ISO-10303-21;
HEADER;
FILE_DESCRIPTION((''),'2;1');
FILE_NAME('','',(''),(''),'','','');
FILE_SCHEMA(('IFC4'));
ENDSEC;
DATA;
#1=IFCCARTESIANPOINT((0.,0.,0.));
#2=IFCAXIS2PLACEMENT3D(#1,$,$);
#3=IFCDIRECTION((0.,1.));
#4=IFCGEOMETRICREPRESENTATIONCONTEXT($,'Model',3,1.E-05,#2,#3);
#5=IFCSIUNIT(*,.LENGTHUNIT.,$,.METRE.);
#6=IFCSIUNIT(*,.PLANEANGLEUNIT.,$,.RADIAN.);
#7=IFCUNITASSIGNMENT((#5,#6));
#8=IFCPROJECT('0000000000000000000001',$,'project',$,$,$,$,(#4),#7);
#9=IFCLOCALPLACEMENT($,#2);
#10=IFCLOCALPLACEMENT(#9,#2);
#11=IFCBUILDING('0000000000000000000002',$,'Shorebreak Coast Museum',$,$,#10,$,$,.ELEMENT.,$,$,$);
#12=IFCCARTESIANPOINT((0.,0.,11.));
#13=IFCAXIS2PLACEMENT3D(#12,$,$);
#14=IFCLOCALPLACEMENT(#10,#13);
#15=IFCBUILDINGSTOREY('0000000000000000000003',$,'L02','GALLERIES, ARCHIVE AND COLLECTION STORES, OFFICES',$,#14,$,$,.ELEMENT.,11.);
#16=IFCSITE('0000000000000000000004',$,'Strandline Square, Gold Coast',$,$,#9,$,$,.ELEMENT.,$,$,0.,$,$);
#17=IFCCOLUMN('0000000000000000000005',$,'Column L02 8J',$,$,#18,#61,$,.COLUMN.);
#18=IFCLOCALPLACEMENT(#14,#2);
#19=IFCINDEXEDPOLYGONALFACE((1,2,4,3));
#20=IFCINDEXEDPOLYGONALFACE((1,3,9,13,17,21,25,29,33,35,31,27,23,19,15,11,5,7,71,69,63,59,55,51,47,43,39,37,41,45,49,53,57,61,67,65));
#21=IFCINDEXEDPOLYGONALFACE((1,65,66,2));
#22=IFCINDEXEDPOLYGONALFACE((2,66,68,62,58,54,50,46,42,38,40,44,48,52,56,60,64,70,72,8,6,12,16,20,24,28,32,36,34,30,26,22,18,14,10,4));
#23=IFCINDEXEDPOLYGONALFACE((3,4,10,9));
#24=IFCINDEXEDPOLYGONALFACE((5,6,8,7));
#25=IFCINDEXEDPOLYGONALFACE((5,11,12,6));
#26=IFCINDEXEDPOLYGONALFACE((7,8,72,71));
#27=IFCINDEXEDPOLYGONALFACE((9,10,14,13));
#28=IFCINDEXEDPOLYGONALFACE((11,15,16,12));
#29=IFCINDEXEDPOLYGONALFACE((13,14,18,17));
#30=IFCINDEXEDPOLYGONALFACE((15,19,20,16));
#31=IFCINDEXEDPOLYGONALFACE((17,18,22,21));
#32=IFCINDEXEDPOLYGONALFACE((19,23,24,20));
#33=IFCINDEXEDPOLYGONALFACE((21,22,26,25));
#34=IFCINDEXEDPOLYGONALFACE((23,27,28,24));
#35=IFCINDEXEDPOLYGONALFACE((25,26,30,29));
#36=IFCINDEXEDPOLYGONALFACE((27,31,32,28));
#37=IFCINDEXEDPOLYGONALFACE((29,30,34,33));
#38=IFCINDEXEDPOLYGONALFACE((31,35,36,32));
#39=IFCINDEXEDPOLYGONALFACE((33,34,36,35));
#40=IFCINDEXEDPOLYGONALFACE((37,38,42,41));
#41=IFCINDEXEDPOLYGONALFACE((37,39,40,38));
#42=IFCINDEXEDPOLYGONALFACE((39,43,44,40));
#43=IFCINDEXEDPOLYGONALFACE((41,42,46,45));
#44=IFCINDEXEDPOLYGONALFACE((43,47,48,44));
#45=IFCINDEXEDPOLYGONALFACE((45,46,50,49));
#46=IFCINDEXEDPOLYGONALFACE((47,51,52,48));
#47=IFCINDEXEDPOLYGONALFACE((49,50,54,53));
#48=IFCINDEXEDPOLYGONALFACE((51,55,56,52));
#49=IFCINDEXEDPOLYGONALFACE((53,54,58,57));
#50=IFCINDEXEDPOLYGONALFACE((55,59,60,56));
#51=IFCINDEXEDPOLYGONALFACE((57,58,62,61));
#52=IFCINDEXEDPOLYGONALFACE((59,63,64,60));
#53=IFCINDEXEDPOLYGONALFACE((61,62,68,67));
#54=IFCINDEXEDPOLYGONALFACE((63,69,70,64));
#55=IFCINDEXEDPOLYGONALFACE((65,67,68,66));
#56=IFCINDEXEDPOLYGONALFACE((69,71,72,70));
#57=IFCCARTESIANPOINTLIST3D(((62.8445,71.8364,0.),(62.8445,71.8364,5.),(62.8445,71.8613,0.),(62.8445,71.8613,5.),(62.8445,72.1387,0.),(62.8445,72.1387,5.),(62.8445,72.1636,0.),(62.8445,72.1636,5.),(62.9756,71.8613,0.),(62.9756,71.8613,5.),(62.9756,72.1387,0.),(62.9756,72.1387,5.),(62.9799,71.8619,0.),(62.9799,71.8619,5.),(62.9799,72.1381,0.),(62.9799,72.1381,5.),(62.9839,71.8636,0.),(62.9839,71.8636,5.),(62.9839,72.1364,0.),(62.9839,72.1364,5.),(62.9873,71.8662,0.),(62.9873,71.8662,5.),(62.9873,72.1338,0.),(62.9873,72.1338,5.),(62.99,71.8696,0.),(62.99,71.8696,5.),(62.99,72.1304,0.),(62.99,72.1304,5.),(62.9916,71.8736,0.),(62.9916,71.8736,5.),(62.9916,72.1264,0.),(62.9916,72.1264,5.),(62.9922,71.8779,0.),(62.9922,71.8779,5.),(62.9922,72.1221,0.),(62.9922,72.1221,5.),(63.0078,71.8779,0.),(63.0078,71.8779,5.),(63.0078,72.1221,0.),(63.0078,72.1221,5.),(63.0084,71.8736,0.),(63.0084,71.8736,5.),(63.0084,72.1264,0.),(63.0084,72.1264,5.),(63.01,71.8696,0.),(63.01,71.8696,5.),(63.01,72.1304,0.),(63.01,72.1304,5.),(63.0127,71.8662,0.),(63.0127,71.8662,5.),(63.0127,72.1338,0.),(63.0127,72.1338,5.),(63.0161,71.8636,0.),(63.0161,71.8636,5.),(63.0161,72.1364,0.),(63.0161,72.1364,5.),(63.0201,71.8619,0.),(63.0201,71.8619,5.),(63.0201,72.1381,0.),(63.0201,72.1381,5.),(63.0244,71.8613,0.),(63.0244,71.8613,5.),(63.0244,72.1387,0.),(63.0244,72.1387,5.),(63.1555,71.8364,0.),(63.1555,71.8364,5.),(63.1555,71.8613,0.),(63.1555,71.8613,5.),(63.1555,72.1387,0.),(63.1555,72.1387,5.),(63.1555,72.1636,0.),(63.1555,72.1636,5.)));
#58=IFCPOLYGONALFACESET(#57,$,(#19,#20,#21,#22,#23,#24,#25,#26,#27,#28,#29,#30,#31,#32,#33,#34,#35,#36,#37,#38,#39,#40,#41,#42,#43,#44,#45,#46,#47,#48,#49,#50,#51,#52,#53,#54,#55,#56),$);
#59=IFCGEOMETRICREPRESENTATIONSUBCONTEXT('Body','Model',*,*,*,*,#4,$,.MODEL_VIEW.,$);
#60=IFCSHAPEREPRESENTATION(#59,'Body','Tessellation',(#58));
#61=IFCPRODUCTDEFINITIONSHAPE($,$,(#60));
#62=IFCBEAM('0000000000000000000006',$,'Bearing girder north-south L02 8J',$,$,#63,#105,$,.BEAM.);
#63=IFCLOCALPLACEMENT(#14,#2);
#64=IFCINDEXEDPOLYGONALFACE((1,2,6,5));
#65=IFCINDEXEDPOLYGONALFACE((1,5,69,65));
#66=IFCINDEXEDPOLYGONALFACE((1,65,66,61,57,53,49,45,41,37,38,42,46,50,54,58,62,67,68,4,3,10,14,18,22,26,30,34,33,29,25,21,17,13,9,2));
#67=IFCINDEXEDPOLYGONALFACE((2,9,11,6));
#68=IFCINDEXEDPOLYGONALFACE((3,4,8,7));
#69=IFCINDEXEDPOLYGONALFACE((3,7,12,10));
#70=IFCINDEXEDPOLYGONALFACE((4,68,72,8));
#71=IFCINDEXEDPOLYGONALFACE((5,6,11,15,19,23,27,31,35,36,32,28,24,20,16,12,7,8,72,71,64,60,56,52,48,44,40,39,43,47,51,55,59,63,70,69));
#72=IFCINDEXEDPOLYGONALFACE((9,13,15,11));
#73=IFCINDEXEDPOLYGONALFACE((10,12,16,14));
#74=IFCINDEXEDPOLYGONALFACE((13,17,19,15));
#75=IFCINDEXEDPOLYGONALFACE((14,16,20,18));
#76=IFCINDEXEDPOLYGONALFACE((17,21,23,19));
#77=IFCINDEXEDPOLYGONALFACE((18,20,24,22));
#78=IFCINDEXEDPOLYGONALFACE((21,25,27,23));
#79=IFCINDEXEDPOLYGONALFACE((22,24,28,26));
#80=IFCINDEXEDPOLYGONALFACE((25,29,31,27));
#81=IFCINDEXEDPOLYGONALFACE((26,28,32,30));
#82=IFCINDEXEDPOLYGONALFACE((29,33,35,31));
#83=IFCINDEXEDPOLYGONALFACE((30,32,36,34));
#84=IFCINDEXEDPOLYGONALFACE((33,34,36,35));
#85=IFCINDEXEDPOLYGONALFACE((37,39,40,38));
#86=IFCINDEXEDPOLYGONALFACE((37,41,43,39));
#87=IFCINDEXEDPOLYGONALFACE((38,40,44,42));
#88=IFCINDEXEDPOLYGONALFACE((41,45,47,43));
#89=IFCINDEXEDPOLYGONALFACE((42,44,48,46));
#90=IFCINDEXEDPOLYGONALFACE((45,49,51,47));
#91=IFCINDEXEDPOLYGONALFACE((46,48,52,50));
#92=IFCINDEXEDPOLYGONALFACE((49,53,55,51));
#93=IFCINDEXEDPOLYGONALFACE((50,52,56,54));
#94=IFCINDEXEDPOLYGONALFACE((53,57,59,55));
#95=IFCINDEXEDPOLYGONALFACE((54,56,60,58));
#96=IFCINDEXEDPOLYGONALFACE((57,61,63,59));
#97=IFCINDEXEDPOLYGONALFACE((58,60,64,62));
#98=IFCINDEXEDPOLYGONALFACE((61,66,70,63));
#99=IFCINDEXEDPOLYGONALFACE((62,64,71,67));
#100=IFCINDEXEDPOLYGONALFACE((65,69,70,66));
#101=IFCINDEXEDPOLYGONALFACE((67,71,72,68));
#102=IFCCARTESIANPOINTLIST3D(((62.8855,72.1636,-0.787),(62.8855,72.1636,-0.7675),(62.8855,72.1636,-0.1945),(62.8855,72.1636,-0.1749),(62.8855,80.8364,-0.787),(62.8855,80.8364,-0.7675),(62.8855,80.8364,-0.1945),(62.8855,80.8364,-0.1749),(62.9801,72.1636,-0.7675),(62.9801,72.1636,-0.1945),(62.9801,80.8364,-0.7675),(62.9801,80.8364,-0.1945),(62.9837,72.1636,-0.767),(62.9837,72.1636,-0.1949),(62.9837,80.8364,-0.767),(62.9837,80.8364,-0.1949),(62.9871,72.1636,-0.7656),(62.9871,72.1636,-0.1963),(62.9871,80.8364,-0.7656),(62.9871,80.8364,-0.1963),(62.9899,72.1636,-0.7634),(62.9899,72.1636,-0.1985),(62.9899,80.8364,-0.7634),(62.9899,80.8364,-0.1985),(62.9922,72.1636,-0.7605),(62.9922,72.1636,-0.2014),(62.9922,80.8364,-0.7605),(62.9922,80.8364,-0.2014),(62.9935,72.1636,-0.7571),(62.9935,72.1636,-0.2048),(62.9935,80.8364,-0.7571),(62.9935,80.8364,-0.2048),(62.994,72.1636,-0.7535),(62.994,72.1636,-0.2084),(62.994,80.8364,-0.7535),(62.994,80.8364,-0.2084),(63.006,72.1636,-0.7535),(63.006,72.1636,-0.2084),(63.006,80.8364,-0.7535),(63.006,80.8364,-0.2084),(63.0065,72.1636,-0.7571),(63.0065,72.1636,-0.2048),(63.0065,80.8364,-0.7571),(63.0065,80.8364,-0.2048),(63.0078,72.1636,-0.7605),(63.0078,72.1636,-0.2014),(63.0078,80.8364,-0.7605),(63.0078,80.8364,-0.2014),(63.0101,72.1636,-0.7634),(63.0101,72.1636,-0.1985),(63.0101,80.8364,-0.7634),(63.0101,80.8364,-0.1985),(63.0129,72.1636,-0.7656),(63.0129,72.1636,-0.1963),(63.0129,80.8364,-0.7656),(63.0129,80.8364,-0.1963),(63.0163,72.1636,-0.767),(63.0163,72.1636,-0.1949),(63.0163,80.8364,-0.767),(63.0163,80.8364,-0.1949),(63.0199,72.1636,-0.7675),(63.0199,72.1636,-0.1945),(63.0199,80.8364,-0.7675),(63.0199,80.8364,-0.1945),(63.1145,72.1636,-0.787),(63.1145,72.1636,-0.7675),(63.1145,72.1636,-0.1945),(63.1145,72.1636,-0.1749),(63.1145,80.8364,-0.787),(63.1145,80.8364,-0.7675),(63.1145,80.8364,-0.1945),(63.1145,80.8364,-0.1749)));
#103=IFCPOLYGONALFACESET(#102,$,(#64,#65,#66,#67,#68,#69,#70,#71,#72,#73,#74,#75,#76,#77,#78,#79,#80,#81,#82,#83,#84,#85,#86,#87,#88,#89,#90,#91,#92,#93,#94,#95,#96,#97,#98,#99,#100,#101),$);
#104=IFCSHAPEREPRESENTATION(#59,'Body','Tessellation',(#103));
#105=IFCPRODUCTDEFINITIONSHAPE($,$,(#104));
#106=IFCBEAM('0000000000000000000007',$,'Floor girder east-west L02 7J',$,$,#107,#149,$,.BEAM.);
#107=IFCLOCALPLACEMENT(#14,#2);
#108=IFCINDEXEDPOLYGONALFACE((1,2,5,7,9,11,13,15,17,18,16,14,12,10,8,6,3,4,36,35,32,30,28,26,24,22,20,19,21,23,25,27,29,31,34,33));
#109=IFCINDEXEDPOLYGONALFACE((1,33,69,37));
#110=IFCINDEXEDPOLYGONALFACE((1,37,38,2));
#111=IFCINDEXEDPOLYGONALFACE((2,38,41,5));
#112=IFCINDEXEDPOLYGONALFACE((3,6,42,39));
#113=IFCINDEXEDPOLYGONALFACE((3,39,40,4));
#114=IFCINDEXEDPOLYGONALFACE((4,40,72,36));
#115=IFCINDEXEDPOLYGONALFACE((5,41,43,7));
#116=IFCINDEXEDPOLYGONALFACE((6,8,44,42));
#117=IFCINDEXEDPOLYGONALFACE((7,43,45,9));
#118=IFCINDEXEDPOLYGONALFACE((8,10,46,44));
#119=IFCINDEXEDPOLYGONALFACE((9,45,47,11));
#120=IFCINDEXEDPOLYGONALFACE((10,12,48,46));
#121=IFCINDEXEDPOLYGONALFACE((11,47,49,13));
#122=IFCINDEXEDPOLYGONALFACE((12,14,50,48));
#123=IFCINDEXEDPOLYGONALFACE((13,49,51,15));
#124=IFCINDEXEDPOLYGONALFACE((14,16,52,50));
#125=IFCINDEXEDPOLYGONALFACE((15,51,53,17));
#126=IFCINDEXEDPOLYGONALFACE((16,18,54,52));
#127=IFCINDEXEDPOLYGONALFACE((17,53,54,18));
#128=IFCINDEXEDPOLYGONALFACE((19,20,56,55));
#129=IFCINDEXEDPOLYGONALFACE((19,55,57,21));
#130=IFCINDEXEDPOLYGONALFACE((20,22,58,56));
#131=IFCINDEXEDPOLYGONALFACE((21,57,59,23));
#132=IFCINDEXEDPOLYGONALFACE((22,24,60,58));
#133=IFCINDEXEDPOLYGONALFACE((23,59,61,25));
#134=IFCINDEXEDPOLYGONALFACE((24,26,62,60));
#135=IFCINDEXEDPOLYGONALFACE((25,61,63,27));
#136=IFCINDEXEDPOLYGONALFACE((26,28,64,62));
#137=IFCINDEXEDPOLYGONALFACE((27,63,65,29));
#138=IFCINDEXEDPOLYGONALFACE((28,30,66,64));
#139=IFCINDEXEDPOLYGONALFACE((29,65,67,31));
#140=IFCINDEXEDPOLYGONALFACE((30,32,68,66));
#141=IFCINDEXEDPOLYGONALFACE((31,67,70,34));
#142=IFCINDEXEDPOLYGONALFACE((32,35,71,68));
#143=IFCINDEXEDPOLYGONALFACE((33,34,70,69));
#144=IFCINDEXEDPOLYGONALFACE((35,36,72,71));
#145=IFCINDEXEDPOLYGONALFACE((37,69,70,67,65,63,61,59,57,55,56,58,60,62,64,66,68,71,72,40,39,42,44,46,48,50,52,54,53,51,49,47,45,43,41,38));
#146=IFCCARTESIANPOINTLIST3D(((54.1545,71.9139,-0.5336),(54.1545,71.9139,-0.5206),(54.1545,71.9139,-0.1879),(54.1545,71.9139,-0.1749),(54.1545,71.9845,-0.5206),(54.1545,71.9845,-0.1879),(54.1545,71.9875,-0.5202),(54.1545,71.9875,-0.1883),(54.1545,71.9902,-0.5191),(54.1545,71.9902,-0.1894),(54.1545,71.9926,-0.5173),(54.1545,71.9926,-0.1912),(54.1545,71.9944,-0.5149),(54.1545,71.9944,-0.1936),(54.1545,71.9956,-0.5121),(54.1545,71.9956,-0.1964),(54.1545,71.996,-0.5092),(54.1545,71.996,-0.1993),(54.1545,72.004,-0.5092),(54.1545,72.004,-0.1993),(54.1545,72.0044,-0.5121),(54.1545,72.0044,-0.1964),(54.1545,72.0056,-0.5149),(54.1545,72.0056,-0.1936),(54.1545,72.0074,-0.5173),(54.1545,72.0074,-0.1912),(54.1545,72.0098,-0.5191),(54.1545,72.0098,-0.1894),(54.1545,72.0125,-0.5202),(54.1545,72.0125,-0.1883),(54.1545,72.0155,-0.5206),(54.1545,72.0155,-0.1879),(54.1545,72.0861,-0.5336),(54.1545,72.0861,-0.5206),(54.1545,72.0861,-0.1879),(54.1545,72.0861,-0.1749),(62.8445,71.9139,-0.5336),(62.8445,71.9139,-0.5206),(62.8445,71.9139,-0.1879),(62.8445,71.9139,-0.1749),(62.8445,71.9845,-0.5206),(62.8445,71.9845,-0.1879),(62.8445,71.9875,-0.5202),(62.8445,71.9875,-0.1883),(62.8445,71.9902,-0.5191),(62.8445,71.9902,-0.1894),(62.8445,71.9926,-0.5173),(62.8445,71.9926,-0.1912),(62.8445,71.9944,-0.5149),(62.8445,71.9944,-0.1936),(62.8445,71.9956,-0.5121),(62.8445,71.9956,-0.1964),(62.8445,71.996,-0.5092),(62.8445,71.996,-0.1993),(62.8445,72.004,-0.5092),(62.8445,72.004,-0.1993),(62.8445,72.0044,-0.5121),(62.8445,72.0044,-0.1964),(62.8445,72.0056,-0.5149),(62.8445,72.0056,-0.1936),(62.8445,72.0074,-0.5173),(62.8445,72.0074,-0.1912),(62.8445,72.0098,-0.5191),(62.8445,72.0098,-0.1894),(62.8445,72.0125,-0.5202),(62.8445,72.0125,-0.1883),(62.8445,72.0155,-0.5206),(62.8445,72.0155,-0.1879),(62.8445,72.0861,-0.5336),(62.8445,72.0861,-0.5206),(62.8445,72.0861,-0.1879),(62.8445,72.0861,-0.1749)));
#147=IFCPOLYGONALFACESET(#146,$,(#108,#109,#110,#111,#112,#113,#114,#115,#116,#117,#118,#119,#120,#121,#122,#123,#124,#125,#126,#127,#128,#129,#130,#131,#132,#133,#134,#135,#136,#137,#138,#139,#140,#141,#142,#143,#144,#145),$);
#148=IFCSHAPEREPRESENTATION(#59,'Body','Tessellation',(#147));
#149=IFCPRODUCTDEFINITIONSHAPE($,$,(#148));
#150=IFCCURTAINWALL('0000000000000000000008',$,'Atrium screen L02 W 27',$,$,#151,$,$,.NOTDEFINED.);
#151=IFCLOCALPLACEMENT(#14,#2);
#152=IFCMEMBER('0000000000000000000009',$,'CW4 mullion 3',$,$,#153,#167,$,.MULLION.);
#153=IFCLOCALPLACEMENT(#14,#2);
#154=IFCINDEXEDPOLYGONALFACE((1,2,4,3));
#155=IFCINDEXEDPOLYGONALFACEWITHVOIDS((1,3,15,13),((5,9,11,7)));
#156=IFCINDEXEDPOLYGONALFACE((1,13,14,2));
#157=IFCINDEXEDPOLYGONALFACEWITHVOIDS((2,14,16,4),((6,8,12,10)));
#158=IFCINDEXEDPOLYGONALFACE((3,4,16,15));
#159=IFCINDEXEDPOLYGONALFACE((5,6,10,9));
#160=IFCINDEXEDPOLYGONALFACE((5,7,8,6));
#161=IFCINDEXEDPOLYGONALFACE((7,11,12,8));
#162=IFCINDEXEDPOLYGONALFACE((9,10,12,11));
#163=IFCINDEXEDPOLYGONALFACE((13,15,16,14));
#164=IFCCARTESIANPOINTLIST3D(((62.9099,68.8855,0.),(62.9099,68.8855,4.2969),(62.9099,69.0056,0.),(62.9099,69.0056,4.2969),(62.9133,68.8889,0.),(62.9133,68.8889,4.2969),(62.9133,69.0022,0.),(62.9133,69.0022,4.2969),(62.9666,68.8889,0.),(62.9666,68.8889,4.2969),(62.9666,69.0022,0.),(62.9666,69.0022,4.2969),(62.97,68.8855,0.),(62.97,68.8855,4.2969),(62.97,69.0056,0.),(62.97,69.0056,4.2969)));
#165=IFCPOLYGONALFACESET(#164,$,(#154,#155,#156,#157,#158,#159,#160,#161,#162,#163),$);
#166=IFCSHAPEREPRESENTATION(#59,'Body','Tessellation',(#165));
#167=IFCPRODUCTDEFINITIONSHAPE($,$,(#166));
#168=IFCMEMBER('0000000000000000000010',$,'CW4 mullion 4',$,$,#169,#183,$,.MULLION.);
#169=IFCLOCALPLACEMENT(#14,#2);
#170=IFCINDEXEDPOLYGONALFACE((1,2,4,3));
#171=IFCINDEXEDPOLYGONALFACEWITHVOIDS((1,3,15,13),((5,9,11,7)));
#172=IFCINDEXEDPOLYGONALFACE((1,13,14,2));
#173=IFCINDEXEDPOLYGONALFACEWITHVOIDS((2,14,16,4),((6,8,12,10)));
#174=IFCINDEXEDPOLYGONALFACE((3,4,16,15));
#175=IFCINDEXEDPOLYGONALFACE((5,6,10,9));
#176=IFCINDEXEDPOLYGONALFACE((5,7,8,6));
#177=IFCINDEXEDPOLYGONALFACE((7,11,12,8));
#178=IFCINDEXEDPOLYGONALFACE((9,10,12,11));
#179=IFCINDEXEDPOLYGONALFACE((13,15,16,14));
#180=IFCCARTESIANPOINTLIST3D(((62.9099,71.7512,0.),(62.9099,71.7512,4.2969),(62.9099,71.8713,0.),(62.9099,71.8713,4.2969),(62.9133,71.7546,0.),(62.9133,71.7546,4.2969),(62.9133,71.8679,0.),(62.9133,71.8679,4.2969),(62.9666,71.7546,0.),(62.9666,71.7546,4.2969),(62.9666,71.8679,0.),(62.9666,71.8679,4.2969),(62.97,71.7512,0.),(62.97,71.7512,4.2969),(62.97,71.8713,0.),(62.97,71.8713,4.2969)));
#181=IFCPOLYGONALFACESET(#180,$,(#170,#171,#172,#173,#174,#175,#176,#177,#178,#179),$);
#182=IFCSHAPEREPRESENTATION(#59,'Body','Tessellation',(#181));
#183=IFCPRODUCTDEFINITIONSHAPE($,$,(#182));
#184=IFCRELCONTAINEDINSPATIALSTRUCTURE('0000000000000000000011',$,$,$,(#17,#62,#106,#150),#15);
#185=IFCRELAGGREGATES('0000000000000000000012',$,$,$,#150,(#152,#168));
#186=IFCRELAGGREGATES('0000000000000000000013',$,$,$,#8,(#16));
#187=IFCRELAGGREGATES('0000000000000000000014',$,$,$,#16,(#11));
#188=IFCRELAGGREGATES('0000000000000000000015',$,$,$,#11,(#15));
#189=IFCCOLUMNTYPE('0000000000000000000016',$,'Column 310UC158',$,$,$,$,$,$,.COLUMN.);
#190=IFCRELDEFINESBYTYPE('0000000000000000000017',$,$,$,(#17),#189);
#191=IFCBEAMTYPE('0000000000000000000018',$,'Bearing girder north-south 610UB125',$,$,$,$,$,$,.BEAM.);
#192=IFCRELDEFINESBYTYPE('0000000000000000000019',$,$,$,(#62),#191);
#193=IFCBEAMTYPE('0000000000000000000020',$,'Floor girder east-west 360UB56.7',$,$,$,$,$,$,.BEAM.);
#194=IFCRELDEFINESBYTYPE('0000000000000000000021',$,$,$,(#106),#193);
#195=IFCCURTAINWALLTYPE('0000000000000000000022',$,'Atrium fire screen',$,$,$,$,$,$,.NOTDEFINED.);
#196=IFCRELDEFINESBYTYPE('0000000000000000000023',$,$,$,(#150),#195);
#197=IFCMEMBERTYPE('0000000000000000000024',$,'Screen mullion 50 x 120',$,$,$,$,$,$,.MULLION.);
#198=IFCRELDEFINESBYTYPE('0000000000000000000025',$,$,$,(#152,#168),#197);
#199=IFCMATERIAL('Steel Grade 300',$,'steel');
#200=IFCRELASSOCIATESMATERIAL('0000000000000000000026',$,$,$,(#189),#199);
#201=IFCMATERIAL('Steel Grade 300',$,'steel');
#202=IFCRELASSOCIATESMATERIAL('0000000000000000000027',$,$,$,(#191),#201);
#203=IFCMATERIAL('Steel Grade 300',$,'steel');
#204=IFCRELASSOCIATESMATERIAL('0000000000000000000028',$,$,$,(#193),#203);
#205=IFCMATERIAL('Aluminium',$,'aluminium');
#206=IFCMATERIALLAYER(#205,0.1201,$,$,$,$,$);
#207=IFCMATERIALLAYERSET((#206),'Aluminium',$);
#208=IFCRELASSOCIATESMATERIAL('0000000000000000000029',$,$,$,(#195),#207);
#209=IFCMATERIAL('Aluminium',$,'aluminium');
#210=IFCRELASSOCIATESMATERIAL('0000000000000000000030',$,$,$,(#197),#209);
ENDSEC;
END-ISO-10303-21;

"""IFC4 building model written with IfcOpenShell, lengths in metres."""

from ifc_helpers import new_model, si_unit, direction, frame, origin, origin_2d, place, context, subcontext, project, spatial, hollow_rectangle, i_section, extrude, material, layer, layer_set, material_profile, profile_set, type_object, element, aggregate, save


model = new_model("IFC4")

# Units and contexts
model_context = context("Model", 3, precision=1e-05, world=origin(), true_north=direction((0.0, 1.0)))
body_context = subcontext(model_context, "Body", "Model", "MODEL_VIEW")
ifc_project = project(units=[si_unit("LENGTHUNIT", "METRE"), si_unit("PLANEANGLEUNIT", "RADIAN")], contexts=[model_context])

# Site, building, storey
site_placement = place(None, origin())
site = spatial("IfcSite", under=ifc_project, at=site_placement, Name="Strandline Square, Gold Coast", CompositionType="ELEMENT", RefElevation=0.0)
building_placement = place(site_placement, origin())
building = spatial("IfcBuilding", under=site, at=building_placement, Name="Shorebreak Coast Museum", CompositionType="ELEMENT")
storey_placement = place(building_placement, frame((0.0, 0.0, 11.0)))
storey = spatial("IfcBuildingStorey", under=building, at=storey_placement, Name="L02", Description="GALLERIES, ARCHIVE AND COLLECTION STORES, OFFICES", CompositionType="ELEMENT", Elevation=11.0)

# Column
ifc_material_1 = material(Name="Steel Grade 300", Category="steel")
ifc_material_profile_1 = material_profile(ifc_material_1, i_section(OverallWidth=0.311, OverallDepth=0.3271, WebThickness=0.0156, FlangeThickness=0.0249, FilletRadius=0.0166, at=origin_2d()), Name="310UC158")
ifc_profile_set_1 = profile_set([ifc_material_profile_1], Name="Steel Grade 300")
column_type = type_object("IfcColumnType", Name="Column 310UC158", PredefinedType="COLUMN", material=ifc_profile_set_1)
column_placement = place(storey_placement, frame((63.0, 72.0, 0.0), z_axis=(0.0, 0.0, 1.0), x_axis=(1.0, 0.0, 0.0)))
element("IfcColumn", 1, at=column_placement, inside=storey, type_object=column_type, Name="Column L02 8J", PredefinedType="COLUMN", context=body_context, shape_type="SweptSolid", body=[
    extrude(i_section(OverallWidth=0.311, OverallDepth=0.3271, WebThickness=0.0156, FlangeThickness=0.0249, FilletRadius=0.0166, at=origin_2d()), origin(), (0.0, 0.0, 1.0), 5.0),
])

# Beams
ifc_material_2 = material(Name="Steel Grade 300", Category="steel")
ifc_material_profile_2 = material_profile(ifc_material_2, i_section(OverallWidth=0.229, OverallDepth=0.6121, WebThickness=0.012, FlangeThickness=0.0195, FilletRadius=0.0139, at=origin_2d()), Name="610UB125")
ifc_profile_set_2 = profile_set([ifc_material_profile_2], Name="Steel Grade 300")
beam_type_1 = type_object("IfcBeamType", Name="Bearing girder north-south 610UB125", PredefinedType="BEAM", material=ifc_profile_set_2)
beam_1_placement = place(storey_placement, frame((63.0, 72.1636, -0.481), z_axis=(0.0, 1.0, 0.0), x_axis=(-1.0, 0.0, 0.0)))
element("IfcBeam", 2, at=beam_1_placement, inside=storey, type_object=beam_type_1, Name="Bearing girder north-south L02 8J", PredefinedType="BEAM", context=body_context, shape_type="SweptSolid", body=[
    extrude(i_section(OverallWidth=0.229, OverallDepth=0.6121, WebThickness=0.012, FlangeThickness=0.0195, FilletRadius=0.0139, at=origin_2d()), origin(), (0.0, 0.0, 1.0), 8.6729),
])
ifc_material_3 = material(Name="Steel Grade 300", Category="steel")
ifc_material_profile_3 = material_profile(ifc_material_3, i_section(OverallWidth=0.1721, OverallDepth=0.3586, WebThickness=0.0081, FlangeThickness=0.0129, FilletRadius=0.0115, at=origin_2d()), Name="360UB56.7")
ifc_profile_set_3 = profile_set([ifc_material_profile_3], Name="Steel Grade 300")
beam_type_2 = type_object("IfcBeamType", Name="Floor girder east-west 360UB56.7", PredefinedType="BEAM", material=ifc_profile_set_3)
beam_2_placement = place(storey_placement, frame((54.1545, 72.0, -0.3542), z_axis=(1.0, 0.0, 0.0), x_axis=(0.0, 1.0, 0.0)))
element("IfcBeam", 3, at=beam_2_placement, inside=storey, type_object=beam_type_2, Name="Floor girder east-west L02 7J", PredefinedType="BEAM", context=body_context, shape_type="SweptSolid", body=[
    extrude(i_section(OverallWidth=0.1721, OverallDepth=0.3586, WebThickness=0.0081, FlangeThickness=0.0129, FilletRadius=0.0115, at=origin_2d()), origin(), (0.0, 0.0, 1.0), 8.6899),
])

# Curtain wall, members
ifc_material_4 = material(Name="Aluminium", Category="aluminium")
ifc_layer_1 = layer(ifc_material_4, 0.1201)
ifc_layer_set_1 = layer_set([ifc_layer_1], Name="Aluminium")
curtain_wall_type = type_object("IfcCurtainWallType", Name="Atrium fire screen", PredefinedType="NOTDEFINED", material=ifc_layer_set_1)
curtain_wall_1_placement = place(storey_placement, origin())
curtain_wall_1 = element("IfcCurtainWall", 4, at=curtain_wall_1_placement, inside=storey, type_object=curtain_wall_type, Name="Atrium screen L02 W 27", PredefinedType="NOTDEFINED")
ifc_material_5 = material(Name="Aluminium", Category="aluminium")
ifc_material_profile_4 = material_profile(ifc_material_5, hollow_rectangle(XDim=0.0601, YDim=0.1201, WallThickness=0.0034, at=origin_2d()), Name="AL 120x60 RHS")
ifc_profile_set_4 = profile_set([ifc_material_profile_4], Name="Aluminium")
member_type_1 = type_object("IfcMemberType", Name="Screen mullion 50 x 120", PredefinedType="MULLION", material=ifc_profile_set_4)
member_1_placement = place(storey_placement, frame((62.9399, 68.9456, 0.0), z_axis=(0.0, 0.0, 1.0), x_axis=(-1.0, 0.0, 0.0)))
member_1 = element("IfcMember", 5, at=member_1_placement, type_object=member_type_1, Name="CW4 mullion 3", PredefinedType="MULLION", context=body_context, shape_type="SweptSolid", body=[
    extrude(hollow_rectangle(XDim=0.0601, YDim=0.1201, WallThickness=0.0034, at=origin_2d()), origin(), (0.0, 0.0, 1.0), 4.2969),
])
member_2_placement = place(storey_placement, frame((62.9399, 71.8113, 0.0), z_axis=(0.0, 0.0, 1.0), x_axis=(-1.0, 0.0, 0.0)))
member_2 = element("IfcMember", 6, at=member_2_placement, type_object=member_type_1, Name="CW4 mullion 4", PredefinedType="MULLION", context=body_context, shape_type="SweptSolid", body=[
    extrude(hollow_rectangle(XDim=0.0601, YDim=0.1201, WallThickness=0.0034, at=origin_2d()), origin(), (0.0, 0.0, 1.0), 4.2969),
])

aggregate(curtain_wall_1, [member_1, member_2])

save(model, "model.ifc")
